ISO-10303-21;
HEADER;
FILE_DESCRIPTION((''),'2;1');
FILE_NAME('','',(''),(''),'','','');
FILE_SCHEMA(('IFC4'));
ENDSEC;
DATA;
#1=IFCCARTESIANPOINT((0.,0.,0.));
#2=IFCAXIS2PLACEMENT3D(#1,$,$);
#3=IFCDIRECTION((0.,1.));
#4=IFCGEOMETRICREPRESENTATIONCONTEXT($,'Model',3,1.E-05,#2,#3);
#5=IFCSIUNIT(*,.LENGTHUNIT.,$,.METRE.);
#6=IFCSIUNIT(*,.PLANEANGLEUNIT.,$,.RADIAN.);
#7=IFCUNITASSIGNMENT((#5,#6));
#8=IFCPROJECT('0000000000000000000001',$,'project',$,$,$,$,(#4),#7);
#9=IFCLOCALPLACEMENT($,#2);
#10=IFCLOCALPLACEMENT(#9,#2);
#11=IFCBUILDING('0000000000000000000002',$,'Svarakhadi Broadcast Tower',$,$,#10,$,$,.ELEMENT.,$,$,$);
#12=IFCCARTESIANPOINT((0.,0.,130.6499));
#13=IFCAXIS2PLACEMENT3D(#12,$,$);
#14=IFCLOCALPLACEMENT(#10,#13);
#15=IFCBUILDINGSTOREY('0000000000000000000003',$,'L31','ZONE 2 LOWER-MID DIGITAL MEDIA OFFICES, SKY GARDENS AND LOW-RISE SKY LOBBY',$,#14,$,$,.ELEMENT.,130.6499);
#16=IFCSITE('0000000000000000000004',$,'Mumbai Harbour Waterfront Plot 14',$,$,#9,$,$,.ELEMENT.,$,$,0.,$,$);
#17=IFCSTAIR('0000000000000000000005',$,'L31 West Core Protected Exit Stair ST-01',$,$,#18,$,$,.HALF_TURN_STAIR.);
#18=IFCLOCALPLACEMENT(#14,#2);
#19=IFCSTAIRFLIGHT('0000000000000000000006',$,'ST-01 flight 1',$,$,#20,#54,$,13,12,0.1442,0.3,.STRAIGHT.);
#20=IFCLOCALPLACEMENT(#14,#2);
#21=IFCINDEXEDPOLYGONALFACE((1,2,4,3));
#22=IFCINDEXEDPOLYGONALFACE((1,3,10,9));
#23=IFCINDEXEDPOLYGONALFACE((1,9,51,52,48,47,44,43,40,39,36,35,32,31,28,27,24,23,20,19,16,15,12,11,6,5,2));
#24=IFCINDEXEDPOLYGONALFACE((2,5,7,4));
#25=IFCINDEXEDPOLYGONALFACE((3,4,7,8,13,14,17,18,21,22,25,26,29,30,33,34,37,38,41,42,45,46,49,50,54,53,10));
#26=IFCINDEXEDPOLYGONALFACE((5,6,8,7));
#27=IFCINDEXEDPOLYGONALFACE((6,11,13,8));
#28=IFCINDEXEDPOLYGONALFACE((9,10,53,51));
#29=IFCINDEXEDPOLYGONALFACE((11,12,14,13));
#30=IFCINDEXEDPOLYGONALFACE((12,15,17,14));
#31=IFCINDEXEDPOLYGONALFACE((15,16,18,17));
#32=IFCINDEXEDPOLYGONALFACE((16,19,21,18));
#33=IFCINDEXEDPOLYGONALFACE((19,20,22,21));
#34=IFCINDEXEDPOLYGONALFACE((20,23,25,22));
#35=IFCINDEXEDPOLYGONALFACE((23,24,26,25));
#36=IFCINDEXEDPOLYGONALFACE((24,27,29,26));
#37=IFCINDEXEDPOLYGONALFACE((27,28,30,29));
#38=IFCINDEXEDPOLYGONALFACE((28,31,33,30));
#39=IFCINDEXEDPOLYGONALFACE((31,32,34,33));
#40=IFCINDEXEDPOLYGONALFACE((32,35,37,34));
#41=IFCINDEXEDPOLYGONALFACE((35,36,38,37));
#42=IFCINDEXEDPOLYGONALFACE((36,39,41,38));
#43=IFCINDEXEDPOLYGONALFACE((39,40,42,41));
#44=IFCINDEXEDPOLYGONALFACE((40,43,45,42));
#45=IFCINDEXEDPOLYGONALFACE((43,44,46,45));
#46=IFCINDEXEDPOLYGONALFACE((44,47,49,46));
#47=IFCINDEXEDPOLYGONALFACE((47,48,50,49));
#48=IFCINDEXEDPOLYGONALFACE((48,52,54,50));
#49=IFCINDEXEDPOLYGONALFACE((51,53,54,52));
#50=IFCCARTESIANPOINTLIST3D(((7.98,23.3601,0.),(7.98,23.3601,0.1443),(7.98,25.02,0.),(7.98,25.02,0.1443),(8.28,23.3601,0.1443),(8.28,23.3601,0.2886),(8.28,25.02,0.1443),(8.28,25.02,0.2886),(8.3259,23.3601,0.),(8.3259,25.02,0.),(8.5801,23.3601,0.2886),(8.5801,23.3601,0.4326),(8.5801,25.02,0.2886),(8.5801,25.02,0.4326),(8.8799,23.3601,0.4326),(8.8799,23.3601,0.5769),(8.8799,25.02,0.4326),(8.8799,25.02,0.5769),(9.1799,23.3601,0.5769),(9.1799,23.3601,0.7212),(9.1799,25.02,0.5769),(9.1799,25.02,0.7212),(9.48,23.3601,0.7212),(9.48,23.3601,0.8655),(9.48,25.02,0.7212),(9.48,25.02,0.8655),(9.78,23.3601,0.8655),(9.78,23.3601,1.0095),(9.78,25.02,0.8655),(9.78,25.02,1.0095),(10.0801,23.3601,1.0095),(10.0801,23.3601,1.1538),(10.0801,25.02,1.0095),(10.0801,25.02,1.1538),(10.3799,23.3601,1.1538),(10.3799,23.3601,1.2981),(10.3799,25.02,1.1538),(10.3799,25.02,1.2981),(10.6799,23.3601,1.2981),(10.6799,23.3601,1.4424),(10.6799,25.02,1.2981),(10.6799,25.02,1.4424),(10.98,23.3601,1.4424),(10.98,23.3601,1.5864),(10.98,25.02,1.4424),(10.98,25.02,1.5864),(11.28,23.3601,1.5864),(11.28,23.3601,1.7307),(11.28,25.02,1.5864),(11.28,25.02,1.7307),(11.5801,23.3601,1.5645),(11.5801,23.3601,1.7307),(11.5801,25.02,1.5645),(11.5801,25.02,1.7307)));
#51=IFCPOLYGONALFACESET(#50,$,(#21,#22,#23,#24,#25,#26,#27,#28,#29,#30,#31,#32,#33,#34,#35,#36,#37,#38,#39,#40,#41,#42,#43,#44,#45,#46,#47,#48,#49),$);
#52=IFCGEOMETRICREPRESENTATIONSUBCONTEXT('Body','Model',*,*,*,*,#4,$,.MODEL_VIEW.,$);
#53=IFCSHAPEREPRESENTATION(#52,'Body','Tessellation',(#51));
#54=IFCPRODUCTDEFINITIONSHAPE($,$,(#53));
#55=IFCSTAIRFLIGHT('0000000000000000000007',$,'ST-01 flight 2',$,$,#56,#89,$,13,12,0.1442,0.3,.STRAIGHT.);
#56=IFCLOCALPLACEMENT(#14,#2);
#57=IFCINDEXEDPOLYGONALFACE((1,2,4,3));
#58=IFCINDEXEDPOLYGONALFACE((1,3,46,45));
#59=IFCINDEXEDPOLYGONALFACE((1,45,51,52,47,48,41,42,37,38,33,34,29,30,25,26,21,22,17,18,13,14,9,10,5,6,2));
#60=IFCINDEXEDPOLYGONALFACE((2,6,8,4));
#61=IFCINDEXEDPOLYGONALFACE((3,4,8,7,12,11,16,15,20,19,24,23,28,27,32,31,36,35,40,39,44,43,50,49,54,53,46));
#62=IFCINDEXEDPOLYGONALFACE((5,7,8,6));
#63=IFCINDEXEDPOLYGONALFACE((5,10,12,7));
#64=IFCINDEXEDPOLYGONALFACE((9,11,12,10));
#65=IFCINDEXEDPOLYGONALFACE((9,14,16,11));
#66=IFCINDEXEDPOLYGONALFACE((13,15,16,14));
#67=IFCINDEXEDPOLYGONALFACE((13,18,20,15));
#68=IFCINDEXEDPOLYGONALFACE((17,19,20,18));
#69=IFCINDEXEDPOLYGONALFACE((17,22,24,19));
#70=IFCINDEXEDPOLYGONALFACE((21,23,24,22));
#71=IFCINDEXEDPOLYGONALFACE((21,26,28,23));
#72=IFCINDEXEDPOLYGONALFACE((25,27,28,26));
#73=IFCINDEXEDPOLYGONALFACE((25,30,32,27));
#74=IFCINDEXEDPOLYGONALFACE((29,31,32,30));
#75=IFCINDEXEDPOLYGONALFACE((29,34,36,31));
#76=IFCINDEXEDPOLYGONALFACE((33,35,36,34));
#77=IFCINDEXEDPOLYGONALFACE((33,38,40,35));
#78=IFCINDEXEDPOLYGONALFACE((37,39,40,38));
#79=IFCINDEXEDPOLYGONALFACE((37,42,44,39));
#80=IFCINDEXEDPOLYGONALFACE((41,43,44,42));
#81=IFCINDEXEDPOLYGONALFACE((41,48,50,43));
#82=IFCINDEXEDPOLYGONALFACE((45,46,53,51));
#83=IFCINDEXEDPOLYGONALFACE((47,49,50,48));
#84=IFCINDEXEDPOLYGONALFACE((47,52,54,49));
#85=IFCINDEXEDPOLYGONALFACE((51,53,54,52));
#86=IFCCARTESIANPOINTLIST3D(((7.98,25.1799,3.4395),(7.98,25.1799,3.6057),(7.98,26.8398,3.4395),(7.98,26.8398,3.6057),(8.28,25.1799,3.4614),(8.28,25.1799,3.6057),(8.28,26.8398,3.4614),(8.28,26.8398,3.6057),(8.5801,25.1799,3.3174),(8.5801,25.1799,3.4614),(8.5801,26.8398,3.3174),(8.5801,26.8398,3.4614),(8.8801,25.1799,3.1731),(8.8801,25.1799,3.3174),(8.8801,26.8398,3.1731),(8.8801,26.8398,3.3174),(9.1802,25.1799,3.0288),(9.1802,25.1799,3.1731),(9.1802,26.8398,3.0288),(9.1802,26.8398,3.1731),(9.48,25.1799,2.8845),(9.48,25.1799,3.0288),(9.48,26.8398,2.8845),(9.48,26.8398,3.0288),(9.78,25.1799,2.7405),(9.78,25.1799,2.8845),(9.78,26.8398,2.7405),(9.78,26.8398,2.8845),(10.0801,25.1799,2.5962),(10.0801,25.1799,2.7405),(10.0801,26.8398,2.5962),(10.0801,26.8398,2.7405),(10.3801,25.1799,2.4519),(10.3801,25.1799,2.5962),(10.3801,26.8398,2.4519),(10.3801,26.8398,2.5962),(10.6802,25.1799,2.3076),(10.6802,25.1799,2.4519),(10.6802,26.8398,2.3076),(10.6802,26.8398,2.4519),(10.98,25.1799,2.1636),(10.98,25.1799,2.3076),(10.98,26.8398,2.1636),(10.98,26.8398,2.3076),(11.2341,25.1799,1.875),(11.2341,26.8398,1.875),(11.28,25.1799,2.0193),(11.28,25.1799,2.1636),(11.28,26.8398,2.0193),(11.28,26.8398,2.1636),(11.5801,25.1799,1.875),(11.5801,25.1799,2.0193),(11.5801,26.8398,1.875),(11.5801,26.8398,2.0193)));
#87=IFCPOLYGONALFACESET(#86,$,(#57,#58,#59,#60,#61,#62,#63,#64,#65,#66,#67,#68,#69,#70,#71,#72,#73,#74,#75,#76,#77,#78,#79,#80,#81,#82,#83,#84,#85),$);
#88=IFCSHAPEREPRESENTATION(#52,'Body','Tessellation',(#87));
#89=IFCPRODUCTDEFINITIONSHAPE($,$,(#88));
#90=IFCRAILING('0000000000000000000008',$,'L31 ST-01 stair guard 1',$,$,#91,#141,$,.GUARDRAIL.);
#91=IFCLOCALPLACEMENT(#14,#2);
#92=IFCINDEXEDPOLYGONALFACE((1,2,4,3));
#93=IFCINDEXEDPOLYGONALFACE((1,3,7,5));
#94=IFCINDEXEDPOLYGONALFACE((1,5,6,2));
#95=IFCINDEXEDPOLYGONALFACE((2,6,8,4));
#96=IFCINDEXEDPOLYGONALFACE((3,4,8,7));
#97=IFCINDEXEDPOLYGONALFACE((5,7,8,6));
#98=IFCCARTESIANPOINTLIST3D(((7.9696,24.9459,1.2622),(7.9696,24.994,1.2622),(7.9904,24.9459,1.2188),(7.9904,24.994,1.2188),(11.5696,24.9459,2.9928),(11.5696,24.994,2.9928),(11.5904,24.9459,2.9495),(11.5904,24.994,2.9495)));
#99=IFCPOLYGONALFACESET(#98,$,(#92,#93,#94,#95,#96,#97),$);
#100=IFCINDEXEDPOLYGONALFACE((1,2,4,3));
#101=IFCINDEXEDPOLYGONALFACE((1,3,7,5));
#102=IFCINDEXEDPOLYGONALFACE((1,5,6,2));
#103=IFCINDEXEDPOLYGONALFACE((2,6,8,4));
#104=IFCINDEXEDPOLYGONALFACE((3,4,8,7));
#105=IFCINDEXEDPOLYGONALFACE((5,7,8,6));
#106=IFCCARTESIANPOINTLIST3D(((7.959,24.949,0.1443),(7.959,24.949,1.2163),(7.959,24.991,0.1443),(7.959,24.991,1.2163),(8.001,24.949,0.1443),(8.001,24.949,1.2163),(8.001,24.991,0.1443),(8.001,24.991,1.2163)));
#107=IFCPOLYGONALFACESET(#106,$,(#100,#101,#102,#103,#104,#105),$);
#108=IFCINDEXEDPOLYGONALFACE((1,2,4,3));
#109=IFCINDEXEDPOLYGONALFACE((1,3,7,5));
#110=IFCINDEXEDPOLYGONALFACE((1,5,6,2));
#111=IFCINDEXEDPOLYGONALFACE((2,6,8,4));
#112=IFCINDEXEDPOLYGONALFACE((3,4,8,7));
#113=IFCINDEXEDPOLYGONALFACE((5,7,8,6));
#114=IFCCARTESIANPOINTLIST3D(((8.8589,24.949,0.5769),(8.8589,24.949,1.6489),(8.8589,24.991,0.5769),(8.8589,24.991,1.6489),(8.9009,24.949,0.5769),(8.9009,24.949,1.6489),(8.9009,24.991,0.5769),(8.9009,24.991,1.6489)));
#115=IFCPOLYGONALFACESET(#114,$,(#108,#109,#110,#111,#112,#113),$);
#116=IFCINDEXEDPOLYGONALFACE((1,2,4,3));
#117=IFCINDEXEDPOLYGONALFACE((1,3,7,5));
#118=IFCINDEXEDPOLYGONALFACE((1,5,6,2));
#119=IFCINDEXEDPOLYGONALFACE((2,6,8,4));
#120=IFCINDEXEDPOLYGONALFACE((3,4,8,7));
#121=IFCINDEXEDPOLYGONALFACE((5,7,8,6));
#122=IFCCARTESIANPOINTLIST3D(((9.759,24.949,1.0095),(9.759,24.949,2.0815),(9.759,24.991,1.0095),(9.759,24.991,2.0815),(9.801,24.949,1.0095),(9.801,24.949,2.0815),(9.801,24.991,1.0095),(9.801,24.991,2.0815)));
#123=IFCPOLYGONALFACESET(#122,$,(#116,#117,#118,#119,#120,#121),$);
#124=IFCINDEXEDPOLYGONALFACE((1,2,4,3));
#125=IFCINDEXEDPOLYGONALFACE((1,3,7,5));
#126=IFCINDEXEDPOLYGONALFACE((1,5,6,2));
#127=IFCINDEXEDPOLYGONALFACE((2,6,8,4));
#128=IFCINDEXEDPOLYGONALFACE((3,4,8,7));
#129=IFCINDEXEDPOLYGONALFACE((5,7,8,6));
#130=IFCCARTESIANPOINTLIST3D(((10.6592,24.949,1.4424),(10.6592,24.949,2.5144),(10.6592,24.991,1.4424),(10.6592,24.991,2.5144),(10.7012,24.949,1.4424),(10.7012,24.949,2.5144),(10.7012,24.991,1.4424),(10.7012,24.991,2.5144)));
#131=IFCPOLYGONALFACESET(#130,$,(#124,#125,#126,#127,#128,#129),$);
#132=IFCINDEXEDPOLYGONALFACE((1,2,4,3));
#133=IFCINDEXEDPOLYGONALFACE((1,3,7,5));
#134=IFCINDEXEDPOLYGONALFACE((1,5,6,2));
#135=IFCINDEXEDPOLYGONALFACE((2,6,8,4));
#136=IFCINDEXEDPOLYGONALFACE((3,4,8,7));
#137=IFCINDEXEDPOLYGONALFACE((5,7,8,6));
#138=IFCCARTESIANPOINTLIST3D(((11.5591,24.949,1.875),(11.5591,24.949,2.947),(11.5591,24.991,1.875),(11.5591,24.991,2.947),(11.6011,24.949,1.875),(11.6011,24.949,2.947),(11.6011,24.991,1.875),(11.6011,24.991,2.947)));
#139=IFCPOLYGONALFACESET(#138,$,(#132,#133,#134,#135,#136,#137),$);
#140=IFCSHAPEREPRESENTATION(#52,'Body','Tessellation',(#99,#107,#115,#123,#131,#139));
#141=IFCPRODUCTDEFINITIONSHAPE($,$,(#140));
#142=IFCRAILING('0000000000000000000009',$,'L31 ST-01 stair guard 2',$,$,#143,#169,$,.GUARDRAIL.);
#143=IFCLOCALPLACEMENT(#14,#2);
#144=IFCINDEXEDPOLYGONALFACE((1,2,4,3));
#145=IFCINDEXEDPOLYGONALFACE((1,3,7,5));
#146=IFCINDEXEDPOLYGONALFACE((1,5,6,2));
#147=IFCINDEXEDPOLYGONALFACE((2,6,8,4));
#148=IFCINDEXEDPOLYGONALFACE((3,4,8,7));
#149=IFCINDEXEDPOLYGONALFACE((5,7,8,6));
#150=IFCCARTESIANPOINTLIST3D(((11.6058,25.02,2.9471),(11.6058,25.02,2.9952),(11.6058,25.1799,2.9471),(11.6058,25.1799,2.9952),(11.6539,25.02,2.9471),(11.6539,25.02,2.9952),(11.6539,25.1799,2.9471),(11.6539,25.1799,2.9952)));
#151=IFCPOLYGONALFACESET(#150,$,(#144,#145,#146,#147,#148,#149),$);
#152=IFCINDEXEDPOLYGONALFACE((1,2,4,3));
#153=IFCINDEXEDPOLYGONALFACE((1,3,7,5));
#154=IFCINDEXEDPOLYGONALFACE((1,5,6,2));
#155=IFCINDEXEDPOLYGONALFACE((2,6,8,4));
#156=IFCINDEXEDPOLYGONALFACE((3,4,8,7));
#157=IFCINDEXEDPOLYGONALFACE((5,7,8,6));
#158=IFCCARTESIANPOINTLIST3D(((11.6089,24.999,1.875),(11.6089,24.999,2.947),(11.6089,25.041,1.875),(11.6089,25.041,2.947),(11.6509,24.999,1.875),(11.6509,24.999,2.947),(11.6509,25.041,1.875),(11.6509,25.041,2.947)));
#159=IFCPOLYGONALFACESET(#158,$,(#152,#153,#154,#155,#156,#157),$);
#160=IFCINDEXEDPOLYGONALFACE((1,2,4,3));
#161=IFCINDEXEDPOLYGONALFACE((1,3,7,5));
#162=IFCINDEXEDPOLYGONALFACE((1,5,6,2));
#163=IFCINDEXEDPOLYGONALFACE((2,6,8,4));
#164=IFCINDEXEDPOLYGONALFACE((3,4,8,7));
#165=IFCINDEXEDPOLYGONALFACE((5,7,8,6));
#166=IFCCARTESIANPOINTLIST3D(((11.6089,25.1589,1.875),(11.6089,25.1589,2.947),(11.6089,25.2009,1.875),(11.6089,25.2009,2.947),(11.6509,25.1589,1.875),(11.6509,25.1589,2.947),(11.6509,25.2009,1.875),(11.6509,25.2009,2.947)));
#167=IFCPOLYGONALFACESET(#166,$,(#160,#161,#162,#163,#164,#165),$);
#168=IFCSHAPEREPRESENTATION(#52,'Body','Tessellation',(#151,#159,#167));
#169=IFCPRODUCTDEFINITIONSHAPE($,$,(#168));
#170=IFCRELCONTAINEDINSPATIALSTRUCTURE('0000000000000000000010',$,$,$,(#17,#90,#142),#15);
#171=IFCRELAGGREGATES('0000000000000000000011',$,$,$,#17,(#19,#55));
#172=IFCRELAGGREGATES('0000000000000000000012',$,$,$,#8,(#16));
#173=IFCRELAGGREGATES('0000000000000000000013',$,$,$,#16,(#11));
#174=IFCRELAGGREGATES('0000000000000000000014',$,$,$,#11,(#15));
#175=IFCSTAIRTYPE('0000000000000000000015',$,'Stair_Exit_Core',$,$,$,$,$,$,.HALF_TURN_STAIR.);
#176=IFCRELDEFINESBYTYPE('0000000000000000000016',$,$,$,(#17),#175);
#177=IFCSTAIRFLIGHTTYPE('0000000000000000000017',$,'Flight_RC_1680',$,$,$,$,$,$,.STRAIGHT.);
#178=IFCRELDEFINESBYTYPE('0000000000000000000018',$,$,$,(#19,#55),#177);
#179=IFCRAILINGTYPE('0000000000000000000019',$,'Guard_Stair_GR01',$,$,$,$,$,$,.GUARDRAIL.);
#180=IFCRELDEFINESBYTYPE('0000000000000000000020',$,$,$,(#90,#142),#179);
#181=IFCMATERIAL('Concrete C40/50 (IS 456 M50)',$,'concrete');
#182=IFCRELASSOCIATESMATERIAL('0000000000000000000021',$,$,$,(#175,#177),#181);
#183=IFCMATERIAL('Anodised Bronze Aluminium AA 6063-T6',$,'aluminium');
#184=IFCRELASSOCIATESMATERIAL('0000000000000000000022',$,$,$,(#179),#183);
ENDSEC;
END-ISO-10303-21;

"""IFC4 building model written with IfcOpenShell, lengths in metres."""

from ifc_helpers import new_model, si_unit, direction, frame, origin, origin_2d, place, context, subcontext, project, spatial, polyline, rectangle, outline, extrude, material, type_object, element, aggregate, save


model = new_model("IFC4")

# Units and contexts
model_context = context("Model", 3, precision=1e-05, world=origin(), true_north=direction((0.0, 1.0)))
body_context = subcontext(model_context, "Body", "Model", "MODEL_VIEW")
ifc_project = project(units=[si_unit("LENGTHUNIT", "METRE"), si_unit("PLANEANGLEUNIT", "RADIAN")], contexts=[model_context])

# Site, building, storey
site_placement = place(None, origin())
site = spatial("IfcSite", under=ifc_project, at=site_placement, Name="Mumbai Harbour Waterfront Plot 14", CompositionType="ELEMENT", RefElevation=0.0)
building_placement = place(site_placement, origin())
building = spatial("IfcBuilding", under=site, at=building_placement, Name="Svarakhadi Broadcast Tower", CompositionType="ELEMENT")
storey_placement = place(building_placement, frame((0.0, 0.0, 130.6499)))
storey = spatial("IfcBuildingStorey", under=building, at=storey_placement, Name="L31", Description="ZONE 2 LOWER-MID DIGITAL MEDIA OFFICES, SKY GARDENS AND LOW-RISE SKY LOBBY", CompositionType="ELEMENT", Elevation=130.6499)

# Shared definitions
ifc_material_1 = material(Name="Concrete C40/50 (IS 456 M50)", Category="concrete")

# Stair, stair flights
stair_type = type_object("IfcStairType", Name="Stair_Exit_Core", PredefinedType="HALF_TURN_STAIR", material=ifc_material_1)
stair_placement = place(storey_placement, origin())
stair = element("IfcStair", 1, at=stair_placement, inside=storey, type_object=stair_type, Name="L31 West Core Protected Exit Stair ST-01", PredefinedType="HALF_TURN_STAIR")
stair_flight_type = type_object("IfcStairFlightType", Name="Flight_RC_1680", PredefinedType="STRAIGHT", material=ifc_material_1)
stair_flight_1_placement = place(storey_placement, frame((7.98, 24.1899, 0.0), z_axis=(0.0, 0.0, 1.0), x_axis=(1.0, 0.0, 0.0)))
stair_flight_1 = element("IfcStairFlight", 2, at=stair_flight_1_placement, type_object=stair_flight_type, Name="ST-01 flight 1", NumberOfRisers=13, NumberOfTreads=12, PredefinedType="STRAIGHT", RiserHeight=0.1442, TreadLength=0.3, context=body_context, shape_type="SweptSolid", body=[
    extrude(outline(polyline([(0.0, 0.0), (0.0, 0.1443), (0.3, 0.1443), (0.3, 0.2886), (0.6001, 0.2886), (0.6001, 0.4326), (0.8999, 0.4326), (0.8999, 0.5769), (1.2, 0.5769), (1.2, 0.7212), (1.5, 0.7212), (1.5, 0.8655), (1.8, 0.8655), (1.8, 1.0095), (2.1001, 1.0095), (2.1001, 1.1538), (2.3999, 1.1538), (2.3999, 1.2981), (2.7, 1.2981), (2.7, 1.4424), (3.0, 1.4424), (3.0, 1.5864), (3.3, 1.5864), (3.3, 1.7307), (3.6001, 1.7307), (3.6001, 1.875), (3.6001, 1.5645), (0.3459, 0.0), (0.0, 0.0)])), frame((0.0, 0.8301, 0.0), z_axis=(0.0, -1.0, 0.0), x_axis=(1.0, 0.0, 0.0)), (0.0, 0.0, 1.0), 1.6599),
])
stair_flight_2_placement = place(storey_placement, frame((11.5801, 26.01, 1.875), z_axis=(0.0, 0.0, 1.0), x_axis=(-1.0, 0.0, 0.0)))
stair_flight_2 = element("IfcStairFlight", 3, at=stair_flight_2_placement, type_object=stair_flight_type, Name="ST-01 flight 2", NumberOfRisers=13, NumberOfTreads=12, PredefinedType="STRAIGHT", RiserHeight=0.1442, TreadLength=0.3, context=body_context, shape_type="SweptSolid", body=[
    extrude(outline(polyline([(0.0, 0.0), (0.0, 0.1443), (0.3, 0.1443), (0.3, 0.2886), (0.6001, 0.2886), (0.6001, 0.4326), (0.8999, 0.4326), (0.8999, 0.5769), (1.2, 0.5769), (1.2, 0.7212), (1.5, 0.7212), (1.5, 0.8655), (1.8, 0.8655), (1.8, 1.0095), (2.1001, 1.0095), (2.1001, 1.1538), (2.3999, 1.1538), (2.3999, 1.2981), (2.7, 1.2981), (2.7, 1.4424), (3.0, 1.4424), (3.0, 1.5864), (3.3, 1.5864), (3.3, 1.7307), (3.6001, 1.7307), (3.6001, 1.875), (3.6001, 1.5645), (0.3459, 0.0), (0.0, 0.0)])), frame((0.0, 0.8301, 0.0), z_axis=(0.0, -1.0, 0.0), x_axis=(1.0, 0.0, 0.0)), (0.0, 0.0, 1.0), 1.6599),
])
aggregate(stair, [stair_flight_1, stair_flight_2])

# Railings
ifc_material_2 = material(Name="Anodised Bronze Aluminium AA 6063-T6", Category="aluminium")
railing_type_1 = type_object("IfcRailingType", Name="Guard_Stair_GR01", PredefinedType="GUARDRAIL", material=ifc_material_2)
railing_1_placement = place(storey_placement, frame((7.98, 24.97, 0.1443)))
element("IfcRailing", 4, at=railing_1_placement, inside=storey, type_object=railing_type_1, Name="L31 ST-01 stair guard 1", PredefinedType="GUARDRAIL", context=body_context, shape_type="SweptSolid", body=[
    extrude(rectangle(XDim=0.0481, YDim=0.0481, at=origin_2d()), frame((0.0, 0.0, 1.0962), z_axis=(0.901263, 0.0, 0.433273), x_axis=(0.0, 1.0, 0.0)), (0.0, 0.0, 1.0), 3.9944),
    extrude(rectangle(XDim=0.042, YDim=0.042, at=origin_2d()), origin(), (0.0, 0.0, 1.0), 1.072),
    extrude(rectangle(XDim=0.042, YDim=0.042, at=origin_2d()), frame((0.8999, 0.0, 0.4326)), (0.0, 0.0, 1.0), 1.072),
    extrude(rectangle(XDim=0.042, YDim=0.042, at=origin_2d()), frame((1.8, 0.0, 0.8652)), (0.0, 0.0, 1.0), 1.072),
    extrude(rectangle(XDim=0.042, YDim=0.042, at=origin_2d()), frame((2.7002, 0.0, 1.2981)), (0.0, 0.0, 1.0), 1.072),
    extrude(rectangle(XDim=0.042, YDim=0.042, at=origin_2d()), frame((3.6001, 0.0, 1.7307)), (0.0, 0.0, 1.0), 1.072),
])
railing_2_placement = place(storey_placement, frame((11.6299, 25.02, 1.875)))
element("IfcRailing", 5, at=railing_2_placement, inside=storey, type_object=railing_type_1, Name="L31 ST-01 stair guard 2", PredefinedType="GUARDRAIL", context=body_context, shape_type="SweptSolid", body=[
    extrude(rectangle(XDim=0.0481, YDim=0.0481, at=origin_2d()), frame((0.0, 0.0, 1.0962), z_axis=(0.0, 1.0, 0.0), x_axis=(-1.0, 0.0, 0.0)), (0.0, 0.0, 1.0), 0.1599),
    extrude(rectangle(XDim=0.042, YDim=0.042, at=origin_2d()), origin(), (0.0, 0.0, 1.0), 1.072),
    extrude(rectangle(XDim=0.042, YDim=0.042, at=origin_2d()), frame((0.0, 0.1599, 0.0)), (0.0, 0.0, 1.0), 1.072),
])

save(model, "model.ifc")
